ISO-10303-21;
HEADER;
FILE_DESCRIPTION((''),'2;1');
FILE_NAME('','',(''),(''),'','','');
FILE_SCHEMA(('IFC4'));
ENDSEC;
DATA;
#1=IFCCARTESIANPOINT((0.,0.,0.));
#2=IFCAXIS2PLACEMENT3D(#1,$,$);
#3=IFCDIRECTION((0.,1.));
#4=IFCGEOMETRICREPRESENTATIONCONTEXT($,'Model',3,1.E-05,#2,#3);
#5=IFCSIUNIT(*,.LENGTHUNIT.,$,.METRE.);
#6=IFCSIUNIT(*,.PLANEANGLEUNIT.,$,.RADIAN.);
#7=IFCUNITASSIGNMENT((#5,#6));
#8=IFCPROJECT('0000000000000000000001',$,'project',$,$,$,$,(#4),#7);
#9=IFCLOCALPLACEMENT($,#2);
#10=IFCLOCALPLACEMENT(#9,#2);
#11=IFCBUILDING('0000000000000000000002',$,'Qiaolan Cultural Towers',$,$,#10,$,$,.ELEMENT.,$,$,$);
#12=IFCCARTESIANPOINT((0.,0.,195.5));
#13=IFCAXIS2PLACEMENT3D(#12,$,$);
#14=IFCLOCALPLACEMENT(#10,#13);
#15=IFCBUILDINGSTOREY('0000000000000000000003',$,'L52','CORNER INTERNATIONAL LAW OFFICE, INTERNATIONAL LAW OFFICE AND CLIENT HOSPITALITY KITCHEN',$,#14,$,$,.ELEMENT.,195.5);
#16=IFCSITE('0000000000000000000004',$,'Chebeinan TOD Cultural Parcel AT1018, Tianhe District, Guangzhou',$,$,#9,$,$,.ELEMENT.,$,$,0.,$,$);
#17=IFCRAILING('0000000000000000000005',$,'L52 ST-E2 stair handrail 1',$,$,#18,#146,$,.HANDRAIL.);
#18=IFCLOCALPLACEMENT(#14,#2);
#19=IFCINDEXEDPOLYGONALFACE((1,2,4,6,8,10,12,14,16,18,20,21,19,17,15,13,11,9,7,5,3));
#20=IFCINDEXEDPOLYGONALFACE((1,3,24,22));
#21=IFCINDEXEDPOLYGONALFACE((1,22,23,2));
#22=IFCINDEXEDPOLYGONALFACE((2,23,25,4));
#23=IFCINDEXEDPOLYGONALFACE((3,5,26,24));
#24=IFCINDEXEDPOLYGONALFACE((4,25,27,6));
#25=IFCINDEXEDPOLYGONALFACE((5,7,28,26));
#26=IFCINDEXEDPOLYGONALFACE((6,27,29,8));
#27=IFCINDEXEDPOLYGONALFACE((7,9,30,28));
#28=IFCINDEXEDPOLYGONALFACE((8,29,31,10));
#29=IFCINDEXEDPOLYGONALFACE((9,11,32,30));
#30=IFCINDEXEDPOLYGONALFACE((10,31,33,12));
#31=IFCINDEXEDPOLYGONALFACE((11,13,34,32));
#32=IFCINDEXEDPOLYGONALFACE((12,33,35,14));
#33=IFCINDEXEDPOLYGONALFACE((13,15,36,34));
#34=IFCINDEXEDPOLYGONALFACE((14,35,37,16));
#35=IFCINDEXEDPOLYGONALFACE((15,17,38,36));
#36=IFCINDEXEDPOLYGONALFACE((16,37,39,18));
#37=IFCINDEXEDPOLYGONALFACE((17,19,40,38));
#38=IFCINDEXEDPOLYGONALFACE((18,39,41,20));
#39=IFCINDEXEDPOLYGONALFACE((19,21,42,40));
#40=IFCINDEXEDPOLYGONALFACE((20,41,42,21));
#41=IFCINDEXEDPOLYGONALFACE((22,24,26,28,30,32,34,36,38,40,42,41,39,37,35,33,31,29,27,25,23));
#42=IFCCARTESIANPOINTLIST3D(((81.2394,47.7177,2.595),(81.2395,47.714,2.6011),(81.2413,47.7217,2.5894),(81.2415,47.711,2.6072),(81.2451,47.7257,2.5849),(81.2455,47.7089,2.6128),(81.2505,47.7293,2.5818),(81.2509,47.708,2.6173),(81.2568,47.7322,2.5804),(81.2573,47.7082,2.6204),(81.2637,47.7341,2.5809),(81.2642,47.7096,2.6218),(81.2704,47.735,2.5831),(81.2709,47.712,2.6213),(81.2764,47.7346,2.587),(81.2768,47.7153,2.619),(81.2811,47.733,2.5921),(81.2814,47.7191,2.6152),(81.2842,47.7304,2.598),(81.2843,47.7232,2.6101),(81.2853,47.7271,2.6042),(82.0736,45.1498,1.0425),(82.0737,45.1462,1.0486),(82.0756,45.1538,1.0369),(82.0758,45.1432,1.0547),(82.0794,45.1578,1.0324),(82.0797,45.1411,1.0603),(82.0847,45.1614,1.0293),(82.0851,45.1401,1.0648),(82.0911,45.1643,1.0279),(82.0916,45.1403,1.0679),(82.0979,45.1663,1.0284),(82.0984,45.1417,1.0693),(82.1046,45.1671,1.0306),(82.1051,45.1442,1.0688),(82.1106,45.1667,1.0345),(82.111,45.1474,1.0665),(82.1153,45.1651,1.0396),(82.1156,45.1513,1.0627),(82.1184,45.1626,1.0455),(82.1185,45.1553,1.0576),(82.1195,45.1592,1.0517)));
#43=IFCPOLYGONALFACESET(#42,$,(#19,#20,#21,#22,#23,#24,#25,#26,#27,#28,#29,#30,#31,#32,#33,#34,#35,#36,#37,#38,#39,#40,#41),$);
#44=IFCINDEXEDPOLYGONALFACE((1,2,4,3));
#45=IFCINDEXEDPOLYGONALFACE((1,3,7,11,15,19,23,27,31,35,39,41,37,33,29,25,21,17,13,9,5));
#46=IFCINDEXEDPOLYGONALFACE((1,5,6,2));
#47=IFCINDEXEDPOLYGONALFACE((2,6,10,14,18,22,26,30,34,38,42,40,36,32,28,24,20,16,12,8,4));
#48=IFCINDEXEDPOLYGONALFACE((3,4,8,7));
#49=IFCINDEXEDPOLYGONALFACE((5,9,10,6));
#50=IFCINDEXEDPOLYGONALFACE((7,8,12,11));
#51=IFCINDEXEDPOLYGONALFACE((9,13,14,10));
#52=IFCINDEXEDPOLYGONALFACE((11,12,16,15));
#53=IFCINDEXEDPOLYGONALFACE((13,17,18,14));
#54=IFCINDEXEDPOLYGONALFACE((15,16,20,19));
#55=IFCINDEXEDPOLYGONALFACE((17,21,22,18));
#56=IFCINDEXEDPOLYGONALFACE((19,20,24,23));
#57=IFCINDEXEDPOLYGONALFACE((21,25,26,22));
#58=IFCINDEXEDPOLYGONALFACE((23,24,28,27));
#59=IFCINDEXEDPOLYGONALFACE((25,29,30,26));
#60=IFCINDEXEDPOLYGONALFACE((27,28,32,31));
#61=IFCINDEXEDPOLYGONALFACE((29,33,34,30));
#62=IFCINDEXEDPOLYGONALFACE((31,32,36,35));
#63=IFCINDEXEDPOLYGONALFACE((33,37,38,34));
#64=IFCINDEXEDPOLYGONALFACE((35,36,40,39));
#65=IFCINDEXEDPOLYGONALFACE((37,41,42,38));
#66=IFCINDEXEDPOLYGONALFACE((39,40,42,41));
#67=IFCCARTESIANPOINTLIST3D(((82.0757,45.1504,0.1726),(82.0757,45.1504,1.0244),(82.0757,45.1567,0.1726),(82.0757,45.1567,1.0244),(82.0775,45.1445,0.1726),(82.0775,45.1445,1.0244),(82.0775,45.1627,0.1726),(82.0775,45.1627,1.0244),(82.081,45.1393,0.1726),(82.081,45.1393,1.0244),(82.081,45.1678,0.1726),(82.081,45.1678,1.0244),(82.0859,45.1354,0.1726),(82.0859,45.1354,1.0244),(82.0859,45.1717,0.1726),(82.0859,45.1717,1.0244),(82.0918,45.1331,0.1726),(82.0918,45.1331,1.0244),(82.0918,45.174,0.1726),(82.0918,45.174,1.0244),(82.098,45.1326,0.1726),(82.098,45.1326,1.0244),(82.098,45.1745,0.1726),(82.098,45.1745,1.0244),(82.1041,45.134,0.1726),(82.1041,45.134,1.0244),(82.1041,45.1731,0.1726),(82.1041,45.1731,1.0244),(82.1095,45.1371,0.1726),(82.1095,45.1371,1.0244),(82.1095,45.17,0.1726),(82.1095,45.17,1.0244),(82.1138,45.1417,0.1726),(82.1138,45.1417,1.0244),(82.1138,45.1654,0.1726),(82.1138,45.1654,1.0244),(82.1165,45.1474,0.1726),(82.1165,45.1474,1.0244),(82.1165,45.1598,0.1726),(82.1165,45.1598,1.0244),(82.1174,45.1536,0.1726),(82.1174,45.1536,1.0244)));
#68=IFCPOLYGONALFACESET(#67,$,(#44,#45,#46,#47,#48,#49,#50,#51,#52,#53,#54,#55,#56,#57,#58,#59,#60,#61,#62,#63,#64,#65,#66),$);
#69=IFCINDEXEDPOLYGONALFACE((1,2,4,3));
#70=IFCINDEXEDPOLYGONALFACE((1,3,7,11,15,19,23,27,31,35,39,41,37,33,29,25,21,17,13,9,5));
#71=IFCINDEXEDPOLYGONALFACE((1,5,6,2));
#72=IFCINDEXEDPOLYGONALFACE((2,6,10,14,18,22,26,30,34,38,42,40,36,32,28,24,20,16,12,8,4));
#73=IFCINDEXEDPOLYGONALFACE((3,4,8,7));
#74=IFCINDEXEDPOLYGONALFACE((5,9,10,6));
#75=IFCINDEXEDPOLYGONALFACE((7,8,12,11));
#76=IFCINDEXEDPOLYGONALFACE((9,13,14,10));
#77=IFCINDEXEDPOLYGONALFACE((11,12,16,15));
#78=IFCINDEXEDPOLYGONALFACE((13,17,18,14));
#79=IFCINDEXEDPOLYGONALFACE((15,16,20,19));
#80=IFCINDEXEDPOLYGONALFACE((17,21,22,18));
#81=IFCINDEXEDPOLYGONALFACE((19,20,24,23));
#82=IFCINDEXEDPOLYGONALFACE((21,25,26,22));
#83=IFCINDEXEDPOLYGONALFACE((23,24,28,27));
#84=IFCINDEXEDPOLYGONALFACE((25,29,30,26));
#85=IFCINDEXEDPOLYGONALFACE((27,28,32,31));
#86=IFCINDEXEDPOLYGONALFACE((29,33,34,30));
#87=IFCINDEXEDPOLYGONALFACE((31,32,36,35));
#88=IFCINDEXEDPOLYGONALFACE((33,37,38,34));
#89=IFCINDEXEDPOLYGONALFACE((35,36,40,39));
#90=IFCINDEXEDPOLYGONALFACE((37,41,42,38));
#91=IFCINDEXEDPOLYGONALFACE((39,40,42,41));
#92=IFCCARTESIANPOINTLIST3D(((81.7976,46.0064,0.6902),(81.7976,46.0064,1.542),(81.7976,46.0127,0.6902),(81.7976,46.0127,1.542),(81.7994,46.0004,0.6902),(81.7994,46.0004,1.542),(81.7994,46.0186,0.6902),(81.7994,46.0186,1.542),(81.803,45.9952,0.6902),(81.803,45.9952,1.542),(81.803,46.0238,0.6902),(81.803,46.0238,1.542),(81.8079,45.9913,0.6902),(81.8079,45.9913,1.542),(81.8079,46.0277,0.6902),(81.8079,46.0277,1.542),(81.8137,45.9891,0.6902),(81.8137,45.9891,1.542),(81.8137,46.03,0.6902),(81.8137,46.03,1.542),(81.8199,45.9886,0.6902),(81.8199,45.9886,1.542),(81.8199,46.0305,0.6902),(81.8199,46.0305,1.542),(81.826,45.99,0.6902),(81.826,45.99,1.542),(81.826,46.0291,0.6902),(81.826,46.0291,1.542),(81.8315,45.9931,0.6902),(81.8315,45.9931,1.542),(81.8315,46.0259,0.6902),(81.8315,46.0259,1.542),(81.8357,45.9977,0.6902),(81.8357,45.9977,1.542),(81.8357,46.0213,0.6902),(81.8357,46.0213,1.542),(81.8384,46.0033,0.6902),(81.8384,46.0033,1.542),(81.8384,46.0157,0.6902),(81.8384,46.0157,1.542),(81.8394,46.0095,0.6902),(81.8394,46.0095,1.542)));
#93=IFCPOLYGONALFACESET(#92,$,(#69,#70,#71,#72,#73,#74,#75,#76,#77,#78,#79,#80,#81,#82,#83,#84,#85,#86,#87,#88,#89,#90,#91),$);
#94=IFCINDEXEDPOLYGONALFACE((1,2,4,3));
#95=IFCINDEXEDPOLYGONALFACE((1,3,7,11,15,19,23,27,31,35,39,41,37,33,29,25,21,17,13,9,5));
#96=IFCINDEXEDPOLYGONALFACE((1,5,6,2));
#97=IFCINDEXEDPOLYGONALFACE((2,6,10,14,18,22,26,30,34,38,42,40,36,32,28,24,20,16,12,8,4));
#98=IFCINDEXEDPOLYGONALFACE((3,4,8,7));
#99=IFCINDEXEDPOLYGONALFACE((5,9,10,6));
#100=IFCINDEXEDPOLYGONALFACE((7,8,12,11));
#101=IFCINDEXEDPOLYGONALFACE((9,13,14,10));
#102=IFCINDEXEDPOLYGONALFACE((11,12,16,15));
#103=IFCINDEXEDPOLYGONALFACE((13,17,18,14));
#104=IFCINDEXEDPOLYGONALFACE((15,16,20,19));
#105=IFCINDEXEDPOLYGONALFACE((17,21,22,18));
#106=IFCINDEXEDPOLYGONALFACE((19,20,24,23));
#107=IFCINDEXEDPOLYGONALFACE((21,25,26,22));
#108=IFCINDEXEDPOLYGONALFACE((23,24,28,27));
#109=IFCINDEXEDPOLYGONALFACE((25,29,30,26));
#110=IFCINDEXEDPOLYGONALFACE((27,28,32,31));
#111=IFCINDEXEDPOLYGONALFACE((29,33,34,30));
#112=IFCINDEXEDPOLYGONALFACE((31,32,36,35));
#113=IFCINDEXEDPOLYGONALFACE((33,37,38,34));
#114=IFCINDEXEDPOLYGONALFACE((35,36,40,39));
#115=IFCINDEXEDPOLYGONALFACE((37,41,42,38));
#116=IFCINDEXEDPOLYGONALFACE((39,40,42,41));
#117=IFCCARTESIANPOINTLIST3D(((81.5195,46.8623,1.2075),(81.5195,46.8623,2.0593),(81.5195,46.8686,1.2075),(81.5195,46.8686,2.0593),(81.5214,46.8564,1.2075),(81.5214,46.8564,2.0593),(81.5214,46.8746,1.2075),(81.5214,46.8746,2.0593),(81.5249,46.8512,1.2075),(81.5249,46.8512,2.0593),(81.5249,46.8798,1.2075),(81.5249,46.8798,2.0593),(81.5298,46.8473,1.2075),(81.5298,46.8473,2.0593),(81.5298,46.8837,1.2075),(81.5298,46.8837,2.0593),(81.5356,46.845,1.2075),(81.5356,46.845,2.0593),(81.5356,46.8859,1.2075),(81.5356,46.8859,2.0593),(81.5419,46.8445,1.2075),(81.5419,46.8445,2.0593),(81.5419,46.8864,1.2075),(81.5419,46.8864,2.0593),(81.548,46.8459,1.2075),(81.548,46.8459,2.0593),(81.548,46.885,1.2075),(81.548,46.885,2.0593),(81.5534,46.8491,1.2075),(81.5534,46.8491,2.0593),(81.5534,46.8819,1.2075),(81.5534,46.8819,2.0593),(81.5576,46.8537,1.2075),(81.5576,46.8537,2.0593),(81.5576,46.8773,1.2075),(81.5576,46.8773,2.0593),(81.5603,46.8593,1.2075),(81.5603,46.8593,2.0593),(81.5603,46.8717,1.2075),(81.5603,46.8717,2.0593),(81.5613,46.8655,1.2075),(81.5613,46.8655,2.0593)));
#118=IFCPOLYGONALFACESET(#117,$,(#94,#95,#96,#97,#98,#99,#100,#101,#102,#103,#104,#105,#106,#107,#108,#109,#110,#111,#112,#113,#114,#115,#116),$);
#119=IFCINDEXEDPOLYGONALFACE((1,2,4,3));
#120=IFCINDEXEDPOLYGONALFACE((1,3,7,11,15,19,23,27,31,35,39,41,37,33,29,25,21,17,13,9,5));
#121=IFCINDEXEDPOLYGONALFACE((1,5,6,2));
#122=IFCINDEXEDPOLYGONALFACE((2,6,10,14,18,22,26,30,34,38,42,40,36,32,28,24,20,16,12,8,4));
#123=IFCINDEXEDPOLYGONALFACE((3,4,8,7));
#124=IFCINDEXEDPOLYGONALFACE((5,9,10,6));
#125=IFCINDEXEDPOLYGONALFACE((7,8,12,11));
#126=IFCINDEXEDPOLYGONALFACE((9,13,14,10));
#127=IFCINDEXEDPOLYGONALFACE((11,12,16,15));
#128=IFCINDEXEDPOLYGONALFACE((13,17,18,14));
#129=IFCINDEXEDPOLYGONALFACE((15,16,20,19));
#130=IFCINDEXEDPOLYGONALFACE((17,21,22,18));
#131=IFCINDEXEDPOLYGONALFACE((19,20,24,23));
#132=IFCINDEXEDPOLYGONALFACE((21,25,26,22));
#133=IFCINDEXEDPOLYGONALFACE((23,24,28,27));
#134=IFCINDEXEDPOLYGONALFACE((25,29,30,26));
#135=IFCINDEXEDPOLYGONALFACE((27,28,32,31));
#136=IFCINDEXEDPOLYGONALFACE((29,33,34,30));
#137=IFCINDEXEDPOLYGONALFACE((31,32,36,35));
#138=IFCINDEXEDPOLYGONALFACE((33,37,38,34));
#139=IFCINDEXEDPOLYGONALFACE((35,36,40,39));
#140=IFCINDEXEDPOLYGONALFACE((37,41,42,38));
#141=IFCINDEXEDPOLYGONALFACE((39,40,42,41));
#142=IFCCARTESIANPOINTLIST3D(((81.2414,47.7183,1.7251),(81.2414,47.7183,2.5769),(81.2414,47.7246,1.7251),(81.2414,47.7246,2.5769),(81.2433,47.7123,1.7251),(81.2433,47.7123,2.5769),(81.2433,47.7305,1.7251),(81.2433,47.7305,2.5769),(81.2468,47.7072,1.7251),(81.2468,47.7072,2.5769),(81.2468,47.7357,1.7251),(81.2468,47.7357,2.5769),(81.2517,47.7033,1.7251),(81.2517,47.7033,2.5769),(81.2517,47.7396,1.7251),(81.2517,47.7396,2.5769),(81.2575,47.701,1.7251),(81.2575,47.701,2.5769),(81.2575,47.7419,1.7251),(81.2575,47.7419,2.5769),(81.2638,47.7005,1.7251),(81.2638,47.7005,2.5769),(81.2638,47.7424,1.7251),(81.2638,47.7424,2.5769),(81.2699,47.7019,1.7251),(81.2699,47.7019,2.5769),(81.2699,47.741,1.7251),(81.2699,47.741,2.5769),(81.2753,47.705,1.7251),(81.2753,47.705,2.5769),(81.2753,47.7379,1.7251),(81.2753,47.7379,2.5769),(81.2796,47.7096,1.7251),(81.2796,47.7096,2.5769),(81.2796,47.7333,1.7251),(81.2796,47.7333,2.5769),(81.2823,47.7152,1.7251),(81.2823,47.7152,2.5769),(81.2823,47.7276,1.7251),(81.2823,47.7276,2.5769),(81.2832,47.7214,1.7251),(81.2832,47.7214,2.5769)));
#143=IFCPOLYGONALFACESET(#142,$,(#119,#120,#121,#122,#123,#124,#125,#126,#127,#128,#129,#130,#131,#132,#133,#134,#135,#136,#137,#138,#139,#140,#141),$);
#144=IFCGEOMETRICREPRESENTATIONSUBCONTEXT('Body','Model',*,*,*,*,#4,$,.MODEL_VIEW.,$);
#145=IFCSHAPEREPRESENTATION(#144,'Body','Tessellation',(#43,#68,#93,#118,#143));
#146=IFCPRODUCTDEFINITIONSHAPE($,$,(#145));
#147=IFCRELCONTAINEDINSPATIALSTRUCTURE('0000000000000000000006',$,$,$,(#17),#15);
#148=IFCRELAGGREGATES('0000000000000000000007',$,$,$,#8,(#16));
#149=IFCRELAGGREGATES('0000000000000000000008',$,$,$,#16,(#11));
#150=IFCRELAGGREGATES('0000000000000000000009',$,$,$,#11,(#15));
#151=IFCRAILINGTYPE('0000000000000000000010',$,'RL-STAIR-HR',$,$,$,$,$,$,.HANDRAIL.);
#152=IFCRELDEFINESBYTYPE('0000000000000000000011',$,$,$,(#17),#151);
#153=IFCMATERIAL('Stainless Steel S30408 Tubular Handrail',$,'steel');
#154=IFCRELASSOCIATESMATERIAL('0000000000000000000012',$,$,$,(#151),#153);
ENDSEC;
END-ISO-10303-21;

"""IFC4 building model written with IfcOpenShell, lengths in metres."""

from ifc_helpers import new_model, si_unit, direction, frame, origin, origin_2d, place, context, subcontext, project, spatial, circle, extrude, material, type_object, element, save


model = new_model("IFC4")

# Units and contexts
model_context = context("Model", 3, precision=1e-05, world=origin(), true_north=direction((0.0, 1.0)))
body_context = subcontext(model_context, "Body", "Model", "MODEL_VIEW")
ifc_project = project(units=[si_unit("LENGTHUNIT", "METRE"), si_unit("PLANEANGLEUNIT", "RADIAN")], contexts=[model_context])

# Site, building, storey
site_placement = place(None, origin())
site = spatial("IfcSite", under=ifc_project, at=site_placement, Name="Chebeinan TOD Cultural Parcel AT1018, Tianhe District, Guangzhou", CompositionType="ELEMENT", RefElevation=0.0)
building_placement = place(site_placement, origin())
building = spatial("IfcBuilding", under=site, at=building_placement, Name="Qiaolan Cultural Towers", CompositionType="ELEMENT")
storey_placement = place(building_placement, frame((0.0, 0.0, 195.5)))
storey = spatial("IfcBuildingStorey", under=building, at=storey_placement, Name="L52", Description="CORNER INTERNATIONAL LAW OFFICE, INTERNATIONAL LAW OFFICE AND CLIENT HOSPITALITY KITCHEN", CompositionType="ELEMENT", Elevation=195.5)

# Railing
ifc_material_1 = material(Name="Stainless Steel S30408 Tubular Handrail", Category="steel")
railing_type_1 = type_object("IfcRailingType", Name="RL-STAIR-HR", PredefinedType="HANDRAIL", material=ifc_material_1)
railing_1_placement = place(storey_placement, frame((82.0964, 45.1536, 0.1726)))
element("IfcRailing", 1, at=railing_1_placement, inside=storey, type_object=railing_type_1, Name="L52 ST-E2 stair handrail 1", PredefinedType="HANDRAIL", context=body_context, shape_type="SweptSolid", body=[
    extrude(circle(Radius=0.0239, at=origin_2d()), frame((0.0, 0.0, 0.876), z_axis=(-0.267853, 0.824488, 0.498471), x_axis=(-0.95107, -0.308976, 0.0)), (0.0, 0.0, 1.0), 3.1145),
    extrude(circle(Radius=0.021, at=origin_2d()), origin(), (0.0, 0.0, 1.0), 0.8518),
    extrude(circle(Radius=0.021, at=origin_2d()), frame((-0.2781, 0.856, 0.5176)), (0.0, 0.0, 1.0), 0.8518),
    extrude(circle(Radius=0.021, at=origin_2d()), frame((-0.5562, 1.7119, 1.0349)), (0.0, 0.0, 1.0), 0.8518),
    extrude(circle(Radius=0.021, at=origin_2d()), frame((-0.8342, 2.5679, 1.5525)), (0.0, 0.0, 1.0), 0.8518),
])

save(model, "model.ifc")
